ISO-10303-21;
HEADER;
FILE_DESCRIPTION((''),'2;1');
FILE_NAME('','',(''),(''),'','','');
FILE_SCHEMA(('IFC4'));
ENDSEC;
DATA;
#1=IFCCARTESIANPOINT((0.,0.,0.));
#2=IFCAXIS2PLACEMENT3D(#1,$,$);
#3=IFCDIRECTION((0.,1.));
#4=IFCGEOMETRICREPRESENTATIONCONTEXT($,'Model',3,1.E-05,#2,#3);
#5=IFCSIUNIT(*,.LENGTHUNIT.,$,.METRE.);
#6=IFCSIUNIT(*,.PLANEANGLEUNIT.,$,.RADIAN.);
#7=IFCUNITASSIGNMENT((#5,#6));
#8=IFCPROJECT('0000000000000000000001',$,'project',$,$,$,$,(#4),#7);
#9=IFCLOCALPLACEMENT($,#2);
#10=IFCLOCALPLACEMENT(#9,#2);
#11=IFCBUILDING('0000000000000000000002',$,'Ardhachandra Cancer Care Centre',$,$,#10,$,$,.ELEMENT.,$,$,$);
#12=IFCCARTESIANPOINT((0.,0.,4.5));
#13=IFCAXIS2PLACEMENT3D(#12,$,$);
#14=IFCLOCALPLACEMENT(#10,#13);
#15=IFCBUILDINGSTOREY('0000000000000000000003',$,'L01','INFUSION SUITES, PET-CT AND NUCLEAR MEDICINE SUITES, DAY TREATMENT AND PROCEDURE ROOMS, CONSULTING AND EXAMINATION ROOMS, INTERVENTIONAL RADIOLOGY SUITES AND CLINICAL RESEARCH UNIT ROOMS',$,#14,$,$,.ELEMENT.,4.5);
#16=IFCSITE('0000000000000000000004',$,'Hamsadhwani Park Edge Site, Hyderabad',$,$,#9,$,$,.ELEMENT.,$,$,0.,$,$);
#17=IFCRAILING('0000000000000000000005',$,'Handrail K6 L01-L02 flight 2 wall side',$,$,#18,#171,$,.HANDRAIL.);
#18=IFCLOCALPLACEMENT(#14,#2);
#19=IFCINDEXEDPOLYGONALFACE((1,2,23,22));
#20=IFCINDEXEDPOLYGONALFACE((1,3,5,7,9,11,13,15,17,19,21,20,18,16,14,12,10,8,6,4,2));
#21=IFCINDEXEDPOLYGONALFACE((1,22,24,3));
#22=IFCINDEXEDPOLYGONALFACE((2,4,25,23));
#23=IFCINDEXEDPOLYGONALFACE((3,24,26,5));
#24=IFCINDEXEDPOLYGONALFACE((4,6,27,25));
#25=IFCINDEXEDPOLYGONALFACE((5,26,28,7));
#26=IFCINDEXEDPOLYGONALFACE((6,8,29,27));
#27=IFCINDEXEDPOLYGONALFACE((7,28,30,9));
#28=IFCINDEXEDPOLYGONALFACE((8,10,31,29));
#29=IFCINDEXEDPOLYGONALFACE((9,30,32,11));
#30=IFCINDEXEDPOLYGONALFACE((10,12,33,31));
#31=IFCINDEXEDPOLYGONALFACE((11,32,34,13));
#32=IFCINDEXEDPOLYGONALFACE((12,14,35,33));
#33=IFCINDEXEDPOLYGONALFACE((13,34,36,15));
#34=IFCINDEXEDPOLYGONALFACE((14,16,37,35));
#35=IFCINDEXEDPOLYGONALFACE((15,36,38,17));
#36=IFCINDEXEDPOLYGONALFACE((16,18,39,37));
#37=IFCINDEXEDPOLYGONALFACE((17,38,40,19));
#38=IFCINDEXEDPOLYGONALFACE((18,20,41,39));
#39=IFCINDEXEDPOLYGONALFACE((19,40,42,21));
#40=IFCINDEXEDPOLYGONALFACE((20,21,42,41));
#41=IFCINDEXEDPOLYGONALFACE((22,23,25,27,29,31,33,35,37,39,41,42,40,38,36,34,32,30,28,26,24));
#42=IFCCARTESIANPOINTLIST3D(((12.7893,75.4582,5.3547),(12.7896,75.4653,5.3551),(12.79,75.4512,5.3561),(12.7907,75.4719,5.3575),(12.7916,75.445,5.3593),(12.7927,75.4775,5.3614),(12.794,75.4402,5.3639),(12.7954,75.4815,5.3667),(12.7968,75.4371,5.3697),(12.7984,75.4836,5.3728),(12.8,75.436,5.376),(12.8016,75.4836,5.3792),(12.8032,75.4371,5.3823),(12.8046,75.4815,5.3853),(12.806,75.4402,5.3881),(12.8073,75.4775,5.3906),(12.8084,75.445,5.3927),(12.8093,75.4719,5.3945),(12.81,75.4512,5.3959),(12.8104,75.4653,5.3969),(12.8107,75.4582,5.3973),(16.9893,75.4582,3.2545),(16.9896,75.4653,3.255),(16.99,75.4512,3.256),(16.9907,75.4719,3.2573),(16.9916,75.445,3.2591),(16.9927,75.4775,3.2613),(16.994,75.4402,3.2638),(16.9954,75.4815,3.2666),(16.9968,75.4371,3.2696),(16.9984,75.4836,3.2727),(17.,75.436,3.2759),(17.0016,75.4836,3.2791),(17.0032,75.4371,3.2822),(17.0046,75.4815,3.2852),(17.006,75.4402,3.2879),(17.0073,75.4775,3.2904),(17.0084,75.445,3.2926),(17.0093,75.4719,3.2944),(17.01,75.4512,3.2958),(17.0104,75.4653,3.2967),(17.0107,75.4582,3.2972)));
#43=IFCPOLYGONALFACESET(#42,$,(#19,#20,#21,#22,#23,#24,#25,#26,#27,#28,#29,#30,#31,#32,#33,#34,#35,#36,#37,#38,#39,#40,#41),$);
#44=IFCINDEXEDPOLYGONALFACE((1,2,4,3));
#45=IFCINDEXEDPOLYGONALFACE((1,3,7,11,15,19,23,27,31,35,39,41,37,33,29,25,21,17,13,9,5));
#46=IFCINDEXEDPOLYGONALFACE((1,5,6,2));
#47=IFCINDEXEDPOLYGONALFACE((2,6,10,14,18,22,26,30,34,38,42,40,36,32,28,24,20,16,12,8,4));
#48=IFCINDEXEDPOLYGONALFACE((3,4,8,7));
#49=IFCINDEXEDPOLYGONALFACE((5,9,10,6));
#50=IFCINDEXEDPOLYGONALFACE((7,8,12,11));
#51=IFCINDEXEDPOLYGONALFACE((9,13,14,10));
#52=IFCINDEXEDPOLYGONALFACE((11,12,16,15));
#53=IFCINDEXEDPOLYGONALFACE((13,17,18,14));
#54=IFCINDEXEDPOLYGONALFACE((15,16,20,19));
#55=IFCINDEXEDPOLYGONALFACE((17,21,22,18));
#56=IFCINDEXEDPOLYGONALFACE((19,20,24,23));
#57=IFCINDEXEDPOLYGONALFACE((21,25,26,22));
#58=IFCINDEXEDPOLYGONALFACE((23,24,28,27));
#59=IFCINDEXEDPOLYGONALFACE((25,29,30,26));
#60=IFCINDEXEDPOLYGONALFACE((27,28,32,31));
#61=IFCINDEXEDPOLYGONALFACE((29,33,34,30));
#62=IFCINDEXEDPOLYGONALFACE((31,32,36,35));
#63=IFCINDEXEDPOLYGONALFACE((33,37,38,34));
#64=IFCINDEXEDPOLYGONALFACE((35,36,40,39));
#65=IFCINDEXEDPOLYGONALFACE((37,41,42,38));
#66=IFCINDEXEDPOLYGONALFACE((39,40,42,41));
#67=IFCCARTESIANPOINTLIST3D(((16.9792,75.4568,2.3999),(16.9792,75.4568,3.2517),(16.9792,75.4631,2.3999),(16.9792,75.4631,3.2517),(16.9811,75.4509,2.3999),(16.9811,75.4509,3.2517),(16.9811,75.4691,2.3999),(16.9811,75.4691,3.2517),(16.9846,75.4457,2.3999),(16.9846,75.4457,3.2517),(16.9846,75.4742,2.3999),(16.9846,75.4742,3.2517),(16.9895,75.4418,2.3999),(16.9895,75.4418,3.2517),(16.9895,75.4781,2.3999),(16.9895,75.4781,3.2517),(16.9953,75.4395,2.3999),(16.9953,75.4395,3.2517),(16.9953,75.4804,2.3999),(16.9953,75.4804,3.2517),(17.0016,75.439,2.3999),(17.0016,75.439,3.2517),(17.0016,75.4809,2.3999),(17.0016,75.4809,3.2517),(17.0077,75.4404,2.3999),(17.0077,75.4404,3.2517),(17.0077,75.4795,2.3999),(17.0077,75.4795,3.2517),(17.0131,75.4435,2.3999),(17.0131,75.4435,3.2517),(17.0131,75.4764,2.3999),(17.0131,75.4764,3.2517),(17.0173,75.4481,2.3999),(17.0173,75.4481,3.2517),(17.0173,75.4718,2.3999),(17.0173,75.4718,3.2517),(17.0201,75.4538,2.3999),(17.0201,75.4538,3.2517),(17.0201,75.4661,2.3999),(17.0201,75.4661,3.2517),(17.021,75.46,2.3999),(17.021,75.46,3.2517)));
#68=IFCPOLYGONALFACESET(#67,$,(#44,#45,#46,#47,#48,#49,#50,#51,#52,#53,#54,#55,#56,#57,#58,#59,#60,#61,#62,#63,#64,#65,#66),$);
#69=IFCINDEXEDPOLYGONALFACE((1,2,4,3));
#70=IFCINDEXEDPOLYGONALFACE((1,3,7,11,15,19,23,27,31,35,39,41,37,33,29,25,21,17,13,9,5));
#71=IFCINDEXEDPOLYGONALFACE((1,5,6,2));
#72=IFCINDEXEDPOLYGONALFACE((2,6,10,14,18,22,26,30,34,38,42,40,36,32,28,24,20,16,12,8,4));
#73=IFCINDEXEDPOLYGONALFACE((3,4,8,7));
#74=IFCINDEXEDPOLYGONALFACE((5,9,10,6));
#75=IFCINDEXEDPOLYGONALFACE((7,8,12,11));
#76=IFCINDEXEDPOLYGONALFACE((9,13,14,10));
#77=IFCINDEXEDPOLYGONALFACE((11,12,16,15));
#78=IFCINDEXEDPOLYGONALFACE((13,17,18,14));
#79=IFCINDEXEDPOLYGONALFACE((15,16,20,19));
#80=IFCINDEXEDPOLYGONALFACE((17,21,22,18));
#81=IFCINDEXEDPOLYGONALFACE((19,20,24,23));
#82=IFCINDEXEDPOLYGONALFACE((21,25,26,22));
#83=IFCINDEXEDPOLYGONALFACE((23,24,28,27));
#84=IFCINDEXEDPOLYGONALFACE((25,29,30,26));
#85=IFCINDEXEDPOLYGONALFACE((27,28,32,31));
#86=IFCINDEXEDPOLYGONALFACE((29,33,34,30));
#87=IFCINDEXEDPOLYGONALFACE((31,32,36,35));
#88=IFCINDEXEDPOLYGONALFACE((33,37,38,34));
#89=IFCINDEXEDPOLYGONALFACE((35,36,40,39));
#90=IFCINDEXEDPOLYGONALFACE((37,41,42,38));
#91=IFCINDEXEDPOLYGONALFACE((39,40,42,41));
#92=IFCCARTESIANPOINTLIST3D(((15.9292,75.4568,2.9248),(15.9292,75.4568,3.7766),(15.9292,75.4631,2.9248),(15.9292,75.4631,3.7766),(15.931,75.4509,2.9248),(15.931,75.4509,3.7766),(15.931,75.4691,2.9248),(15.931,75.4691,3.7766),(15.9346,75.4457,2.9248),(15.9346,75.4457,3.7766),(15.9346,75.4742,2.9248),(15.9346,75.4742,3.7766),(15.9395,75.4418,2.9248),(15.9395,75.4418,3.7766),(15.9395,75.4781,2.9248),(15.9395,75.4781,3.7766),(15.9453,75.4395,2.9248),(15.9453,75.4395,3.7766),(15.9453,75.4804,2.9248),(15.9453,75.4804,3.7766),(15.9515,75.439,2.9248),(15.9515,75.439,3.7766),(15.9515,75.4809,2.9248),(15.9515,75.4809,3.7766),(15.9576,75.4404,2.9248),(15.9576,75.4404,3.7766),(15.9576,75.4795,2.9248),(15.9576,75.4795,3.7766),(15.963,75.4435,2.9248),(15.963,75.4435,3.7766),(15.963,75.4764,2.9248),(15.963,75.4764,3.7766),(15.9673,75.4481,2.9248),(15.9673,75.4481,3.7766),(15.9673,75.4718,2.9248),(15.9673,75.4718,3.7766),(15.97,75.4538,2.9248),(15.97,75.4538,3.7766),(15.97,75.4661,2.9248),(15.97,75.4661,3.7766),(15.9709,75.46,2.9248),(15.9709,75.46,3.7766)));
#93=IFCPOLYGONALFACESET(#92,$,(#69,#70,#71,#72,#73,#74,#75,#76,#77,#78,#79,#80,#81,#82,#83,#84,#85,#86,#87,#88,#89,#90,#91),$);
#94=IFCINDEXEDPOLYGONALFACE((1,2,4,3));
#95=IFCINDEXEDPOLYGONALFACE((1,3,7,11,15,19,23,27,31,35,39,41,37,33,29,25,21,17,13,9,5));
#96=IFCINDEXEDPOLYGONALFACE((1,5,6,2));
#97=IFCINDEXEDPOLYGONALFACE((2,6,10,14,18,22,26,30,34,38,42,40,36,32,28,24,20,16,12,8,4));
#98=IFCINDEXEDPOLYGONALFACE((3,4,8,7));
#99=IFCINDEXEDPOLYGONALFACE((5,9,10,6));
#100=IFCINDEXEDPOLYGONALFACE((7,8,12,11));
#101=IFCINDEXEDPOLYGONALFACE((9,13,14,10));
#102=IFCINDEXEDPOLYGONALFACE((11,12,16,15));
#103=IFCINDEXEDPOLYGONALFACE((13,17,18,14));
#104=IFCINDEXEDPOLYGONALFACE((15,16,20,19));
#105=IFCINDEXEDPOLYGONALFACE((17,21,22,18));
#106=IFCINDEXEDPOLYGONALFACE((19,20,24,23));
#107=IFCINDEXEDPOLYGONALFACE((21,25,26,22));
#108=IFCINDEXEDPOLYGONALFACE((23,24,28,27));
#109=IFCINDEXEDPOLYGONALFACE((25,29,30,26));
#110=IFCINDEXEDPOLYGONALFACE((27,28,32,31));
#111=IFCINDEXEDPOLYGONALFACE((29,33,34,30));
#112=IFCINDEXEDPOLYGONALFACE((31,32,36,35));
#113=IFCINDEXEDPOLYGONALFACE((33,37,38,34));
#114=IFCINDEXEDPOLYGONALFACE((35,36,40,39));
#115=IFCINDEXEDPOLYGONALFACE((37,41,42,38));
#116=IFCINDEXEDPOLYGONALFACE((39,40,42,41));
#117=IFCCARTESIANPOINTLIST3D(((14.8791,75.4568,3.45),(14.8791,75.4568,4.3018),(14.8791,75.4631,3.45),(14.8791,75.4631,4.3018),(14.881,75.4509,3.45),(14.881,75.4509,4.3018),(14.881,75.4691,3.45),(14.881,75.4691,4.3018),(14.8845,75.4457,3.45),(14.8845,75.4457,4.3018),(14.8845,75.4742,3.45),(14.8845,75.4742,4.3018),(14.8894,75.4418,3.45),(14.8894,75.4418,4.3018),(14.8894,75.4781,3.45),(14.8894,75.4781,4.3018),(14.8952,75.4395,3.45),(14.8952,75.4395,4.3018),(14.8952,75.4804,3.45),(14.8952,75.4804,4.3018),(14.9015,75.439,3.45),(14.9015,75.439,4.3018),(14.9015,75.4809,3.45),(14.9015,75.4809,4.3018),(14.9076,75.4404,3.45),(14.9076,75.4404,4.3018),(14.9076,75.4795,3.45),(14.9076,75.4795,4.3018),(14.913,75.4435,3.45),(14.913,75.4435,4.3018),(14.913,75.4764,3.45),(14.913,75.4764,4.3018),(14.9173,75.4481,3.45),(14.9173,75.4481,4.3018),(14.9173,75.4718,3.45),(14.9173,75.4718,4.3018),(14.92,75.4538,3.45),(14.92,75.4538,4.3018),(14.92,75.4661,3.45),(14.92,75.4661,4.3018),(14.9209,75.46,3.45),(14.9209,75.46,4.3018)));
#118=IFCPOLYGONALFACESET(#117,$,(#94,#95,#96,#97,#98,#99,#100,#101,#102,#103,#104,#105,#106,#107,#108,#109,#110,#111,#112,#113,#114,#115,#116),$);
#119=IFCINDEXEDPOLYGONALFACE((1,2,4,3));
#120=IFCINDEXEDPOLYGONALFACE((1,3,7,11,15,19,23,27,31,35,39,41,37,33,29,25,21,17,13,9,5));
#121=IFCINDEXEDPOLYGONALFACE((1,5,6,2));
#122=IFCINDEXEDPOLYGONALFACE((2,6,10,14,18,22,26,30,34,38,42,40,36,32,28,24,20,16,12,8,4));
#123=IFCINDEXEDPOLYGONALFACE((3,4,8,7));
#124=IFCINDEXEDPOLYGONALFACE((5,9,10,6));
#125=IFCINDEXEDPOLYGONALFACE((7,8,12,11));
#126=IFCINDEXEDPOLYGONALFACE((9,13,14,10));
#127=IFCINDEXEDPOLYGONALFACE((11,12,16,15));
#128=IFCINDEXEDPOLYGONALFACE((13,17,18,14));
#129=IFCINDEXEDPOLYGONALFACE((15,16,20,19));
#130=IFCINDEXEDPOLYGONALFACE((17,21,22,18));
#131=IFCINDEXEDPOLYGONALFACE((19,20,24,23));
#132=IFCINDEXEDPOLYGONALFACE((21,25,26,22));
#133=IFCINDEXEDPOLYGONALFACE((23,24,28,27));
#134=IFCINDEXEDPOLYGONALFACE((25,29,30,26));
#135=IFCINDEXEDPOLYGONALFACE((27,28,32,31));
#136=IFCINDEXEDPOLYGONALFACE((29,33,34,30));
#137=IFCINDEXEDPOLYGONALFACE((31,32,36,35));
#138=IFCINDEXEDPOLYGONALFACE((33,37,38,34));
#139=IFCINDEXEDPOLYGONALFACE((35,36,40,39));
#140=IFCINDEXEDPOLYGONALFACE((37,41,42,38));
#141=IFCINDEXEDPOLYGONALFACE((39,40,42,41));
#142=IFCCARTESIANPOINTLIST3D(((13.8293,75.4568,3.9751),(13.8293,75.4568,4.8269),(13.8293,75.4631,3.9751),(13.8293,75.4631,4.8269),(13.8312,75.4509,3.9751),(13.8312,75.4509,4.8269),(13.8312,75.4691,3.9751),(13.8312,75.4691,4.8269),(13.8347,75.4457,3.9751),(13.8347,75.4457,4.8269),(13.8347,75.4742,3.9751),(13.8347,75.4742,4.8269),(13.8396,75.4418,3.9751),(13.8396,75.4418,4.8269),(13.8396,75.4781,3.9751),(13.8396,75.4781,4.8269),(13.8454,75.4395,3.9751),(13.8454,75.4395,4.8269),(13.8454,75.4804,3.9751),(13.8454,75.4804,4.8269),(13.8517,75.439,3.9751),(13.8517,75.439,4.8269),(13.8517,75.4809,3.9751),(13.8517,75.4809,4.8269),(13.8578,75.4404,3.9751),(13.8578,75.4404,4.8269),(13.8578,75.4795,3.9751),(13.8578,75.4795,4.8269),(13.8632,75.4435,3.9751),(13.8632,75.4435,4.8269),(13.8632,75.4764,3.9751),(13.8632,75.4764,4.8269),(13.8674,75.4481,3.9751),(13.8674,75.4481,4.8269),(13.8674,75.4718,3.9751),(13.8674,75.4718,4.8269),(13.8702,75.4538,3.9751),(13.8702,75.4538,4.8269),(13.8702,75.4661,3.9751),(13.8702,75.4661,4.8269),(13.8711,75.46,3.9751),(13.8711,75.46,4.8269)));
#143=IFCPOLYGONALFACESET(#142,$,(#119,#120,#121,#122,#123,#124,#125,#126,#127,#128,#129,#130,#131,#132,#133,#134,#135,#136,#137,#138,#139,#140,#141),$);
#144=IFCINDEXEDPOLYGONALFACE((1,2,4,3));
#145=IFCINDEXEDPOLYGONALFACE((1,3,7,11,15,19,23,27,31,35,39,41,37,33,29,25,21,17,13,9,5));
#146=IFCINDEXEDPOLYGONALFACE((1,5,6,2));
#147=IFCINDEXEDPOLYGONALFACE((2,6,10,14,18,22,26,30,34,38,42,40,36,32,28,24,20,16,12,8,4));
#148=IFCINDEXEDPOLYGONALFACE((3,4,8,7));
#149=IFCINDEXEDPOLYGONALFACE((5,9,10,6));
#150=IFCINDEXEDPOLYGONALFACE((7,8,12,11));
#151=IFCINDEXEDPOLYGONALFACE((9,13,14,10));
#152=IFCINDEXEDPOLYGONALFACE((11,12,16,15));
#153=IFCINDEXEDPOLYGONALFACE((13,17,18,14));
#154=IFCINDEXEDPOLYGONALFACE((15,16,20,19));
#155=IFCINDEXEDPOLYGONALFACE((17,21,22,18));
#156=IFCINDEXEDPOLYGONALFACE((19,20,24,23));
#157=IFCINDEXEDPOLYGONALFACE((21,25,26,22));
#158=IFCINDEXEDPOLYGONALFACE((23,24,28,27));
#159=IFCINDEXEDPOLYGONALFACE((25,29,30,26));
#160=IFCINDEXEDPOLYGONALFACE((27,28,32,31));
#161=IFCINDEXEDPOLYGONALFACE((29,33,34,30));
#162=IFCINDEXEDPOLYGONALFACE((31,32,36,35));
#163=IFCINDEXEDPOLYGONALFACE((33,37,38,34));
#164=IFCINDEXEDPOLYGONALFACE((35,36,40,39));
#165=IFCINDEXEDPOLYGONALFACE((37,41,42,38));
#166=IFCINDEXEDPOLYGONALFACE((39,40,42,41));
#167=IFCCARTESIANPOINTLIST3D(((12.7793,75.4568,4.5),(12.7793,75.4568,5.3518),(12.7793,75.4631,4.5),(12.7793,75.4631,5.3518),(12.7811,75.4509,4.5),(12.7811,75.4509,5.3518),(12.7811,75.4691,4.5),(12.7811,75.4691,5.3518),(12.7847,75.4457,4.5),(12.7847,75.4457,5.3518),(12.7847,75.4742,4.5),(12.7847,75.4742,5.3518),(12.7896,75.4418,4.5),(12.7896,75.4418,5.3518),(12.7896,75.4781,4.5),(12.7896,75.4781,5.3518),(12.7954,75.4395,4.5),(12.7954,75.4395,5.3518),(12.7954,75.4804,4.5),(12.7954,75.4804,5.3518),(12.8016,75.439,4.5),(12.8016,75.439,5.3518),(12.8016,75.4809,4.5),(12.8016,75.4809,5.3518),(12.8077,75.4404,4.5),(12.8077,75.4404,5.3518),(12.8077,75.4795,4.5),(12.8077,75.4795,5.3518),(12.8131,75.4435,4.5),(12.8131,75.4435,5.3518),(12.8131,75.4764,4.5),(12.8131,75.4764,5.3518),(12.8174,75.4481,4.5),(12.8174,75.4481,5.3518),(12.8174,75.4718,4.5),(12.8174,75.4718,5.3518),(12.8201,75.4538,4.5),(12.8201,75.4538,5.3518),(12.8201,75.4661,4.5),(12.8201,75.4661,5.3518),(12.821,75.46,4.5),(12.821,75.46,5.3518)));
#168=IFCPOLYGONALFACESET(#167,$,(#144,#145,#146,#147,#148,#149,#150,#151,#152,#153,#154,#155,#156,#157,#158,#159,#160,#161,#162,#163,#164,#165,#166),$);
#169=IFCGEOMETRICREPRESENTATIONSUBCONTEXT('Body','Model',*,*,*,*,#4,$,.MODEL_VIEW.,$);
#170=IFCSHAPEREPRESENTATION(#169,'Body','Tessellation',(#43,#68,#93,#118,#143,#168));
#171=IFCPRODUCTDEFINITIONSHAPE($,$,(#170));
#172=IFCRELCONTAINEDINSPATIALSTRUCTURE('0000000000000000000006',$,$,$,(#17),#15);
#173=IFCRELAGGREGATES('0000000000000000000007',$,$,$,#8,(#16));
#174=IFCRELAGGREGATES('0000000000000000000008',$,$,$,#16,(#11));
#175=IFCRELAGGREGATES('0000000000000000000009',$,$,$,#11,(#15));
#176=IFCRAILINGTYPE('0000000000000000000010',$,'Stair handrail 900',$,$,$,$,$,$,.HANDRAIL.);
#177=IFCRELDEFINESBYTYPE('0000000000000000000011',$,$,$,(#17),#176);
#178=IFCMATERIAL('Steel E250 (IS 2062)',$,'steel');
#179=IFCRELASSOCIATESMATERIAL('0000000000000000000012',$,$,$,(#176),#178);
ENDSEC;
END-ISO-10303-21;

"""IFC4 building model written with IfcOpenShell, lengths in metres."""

from ifc_helpers import new_model, si_unit, direction, frame, origin, origin_2d, place, context, subcontext, project, spatial, circle, extrude, material, type_object, element, save


model = new_model("IFC4")

# Units and contexts
model_context = context("Model", 3, precision=1e-05, world=origin(), true_north=direction((0.0, 1.0)))
body_context = subcontext(model_context, "Body", "Model", "MODEL_VIEW")
ifc_project = project(units=[si_unit("LENGTHUNIT", "METRE"), si_unit("PLANEANGLEUNIT", "RADIAN")], contexts=[model_context])

# Site, building, storey
site_placement = place(None, origin())
site = spatial("IfcSite", under=ifc_project, at=site_placement, Name="Hamsadhwani Park Edge Site, Hyderabad", CompositionType="ELEMENT", RefElevation=0.0)
building_placement = place(site_placement, origin())
building = spatial("IfcBuilding", under=site, at=building_placement, Name="Ardhachandra Cancer Care Centre", CompositionType="ELEMENT")
storey_placement = place(building_placement, frame((0.0, 0.0, 4.5)))
storey = spatial("IfcBuildingStorey", under=building, at=storey_placement, Name="L01", Description="INFUSION SUITES, PET-CT AND NUCLEAR MEDICINE SUITES, DAY TREATMENT AND PROCEDURE ROOMS, CONSULTING AND EXAMINATION ROOMS, INTERVENTIONAL RADIOLOGY SUITES AND CLINICAL RESEARCH UNIT ROOMS", CompositionType="ELEMENT", Elevation=4.5)

# Railing
ifc_material_1 = material(Name="Steel E250 (IS 2062)", Category="steel")
railing_type_1 = type_object("IfcRailingType", Name="Stair handrail 900", PredefinedType="HANDRAIL", material=ifc_material_1)
for number, where, name in (
    (1, (17.0, 75.46, 2.3999), "Handrail K6 L01-L02 flight 2 wall side"),
):
    element("IfcRailing", number, at=place(storey_placement, frame(where)), inside=storey, type_object=railing_type_1, Name=name, PredefinedType="HANDRAIL", context=body_context, shape_type="SweptSolid", body=[
        extrude(circle(Radius=0.0239, at=origin_2d()), frame((0.0, 0.0, 0.876), z_axis=(-0.894417, 0.0, 0.447234), x_axis=(0.0, -1.0, 0.0)), (0.0, 0.0, 1.0), 4.6958),
        extrude(circle(Radius=0.021, at=origin_2d()), origin(), (0.0, 0.0, 1.0), 0.8518),
        extrude(circle(Radius=0.021, at=origin_2d()), frame((-1.05, 0.0, 0.5249)), (0.0, 0.0, 1.0), 0.8518),
        extrude(circle(Radius=0.021, at=origin_2d()), frame((-2.1001, 0.0, 1.05)), (0.0, 0.0, 1.0), 0.8518),
        extrude(circle(Radius=0.021, at=origin_2d()), frame((-3.1499, 0.0, 1.5752)), (0.0, 0.0, 1.0), 0.8518),
        extrude(circle(Radius=0.021, at=origin_2d()), frame((-4.2, 0.0, 2.1001)), (0.0, 0.0, 1.0), 0.8518),
    ])

save(model, "model.ifc")
